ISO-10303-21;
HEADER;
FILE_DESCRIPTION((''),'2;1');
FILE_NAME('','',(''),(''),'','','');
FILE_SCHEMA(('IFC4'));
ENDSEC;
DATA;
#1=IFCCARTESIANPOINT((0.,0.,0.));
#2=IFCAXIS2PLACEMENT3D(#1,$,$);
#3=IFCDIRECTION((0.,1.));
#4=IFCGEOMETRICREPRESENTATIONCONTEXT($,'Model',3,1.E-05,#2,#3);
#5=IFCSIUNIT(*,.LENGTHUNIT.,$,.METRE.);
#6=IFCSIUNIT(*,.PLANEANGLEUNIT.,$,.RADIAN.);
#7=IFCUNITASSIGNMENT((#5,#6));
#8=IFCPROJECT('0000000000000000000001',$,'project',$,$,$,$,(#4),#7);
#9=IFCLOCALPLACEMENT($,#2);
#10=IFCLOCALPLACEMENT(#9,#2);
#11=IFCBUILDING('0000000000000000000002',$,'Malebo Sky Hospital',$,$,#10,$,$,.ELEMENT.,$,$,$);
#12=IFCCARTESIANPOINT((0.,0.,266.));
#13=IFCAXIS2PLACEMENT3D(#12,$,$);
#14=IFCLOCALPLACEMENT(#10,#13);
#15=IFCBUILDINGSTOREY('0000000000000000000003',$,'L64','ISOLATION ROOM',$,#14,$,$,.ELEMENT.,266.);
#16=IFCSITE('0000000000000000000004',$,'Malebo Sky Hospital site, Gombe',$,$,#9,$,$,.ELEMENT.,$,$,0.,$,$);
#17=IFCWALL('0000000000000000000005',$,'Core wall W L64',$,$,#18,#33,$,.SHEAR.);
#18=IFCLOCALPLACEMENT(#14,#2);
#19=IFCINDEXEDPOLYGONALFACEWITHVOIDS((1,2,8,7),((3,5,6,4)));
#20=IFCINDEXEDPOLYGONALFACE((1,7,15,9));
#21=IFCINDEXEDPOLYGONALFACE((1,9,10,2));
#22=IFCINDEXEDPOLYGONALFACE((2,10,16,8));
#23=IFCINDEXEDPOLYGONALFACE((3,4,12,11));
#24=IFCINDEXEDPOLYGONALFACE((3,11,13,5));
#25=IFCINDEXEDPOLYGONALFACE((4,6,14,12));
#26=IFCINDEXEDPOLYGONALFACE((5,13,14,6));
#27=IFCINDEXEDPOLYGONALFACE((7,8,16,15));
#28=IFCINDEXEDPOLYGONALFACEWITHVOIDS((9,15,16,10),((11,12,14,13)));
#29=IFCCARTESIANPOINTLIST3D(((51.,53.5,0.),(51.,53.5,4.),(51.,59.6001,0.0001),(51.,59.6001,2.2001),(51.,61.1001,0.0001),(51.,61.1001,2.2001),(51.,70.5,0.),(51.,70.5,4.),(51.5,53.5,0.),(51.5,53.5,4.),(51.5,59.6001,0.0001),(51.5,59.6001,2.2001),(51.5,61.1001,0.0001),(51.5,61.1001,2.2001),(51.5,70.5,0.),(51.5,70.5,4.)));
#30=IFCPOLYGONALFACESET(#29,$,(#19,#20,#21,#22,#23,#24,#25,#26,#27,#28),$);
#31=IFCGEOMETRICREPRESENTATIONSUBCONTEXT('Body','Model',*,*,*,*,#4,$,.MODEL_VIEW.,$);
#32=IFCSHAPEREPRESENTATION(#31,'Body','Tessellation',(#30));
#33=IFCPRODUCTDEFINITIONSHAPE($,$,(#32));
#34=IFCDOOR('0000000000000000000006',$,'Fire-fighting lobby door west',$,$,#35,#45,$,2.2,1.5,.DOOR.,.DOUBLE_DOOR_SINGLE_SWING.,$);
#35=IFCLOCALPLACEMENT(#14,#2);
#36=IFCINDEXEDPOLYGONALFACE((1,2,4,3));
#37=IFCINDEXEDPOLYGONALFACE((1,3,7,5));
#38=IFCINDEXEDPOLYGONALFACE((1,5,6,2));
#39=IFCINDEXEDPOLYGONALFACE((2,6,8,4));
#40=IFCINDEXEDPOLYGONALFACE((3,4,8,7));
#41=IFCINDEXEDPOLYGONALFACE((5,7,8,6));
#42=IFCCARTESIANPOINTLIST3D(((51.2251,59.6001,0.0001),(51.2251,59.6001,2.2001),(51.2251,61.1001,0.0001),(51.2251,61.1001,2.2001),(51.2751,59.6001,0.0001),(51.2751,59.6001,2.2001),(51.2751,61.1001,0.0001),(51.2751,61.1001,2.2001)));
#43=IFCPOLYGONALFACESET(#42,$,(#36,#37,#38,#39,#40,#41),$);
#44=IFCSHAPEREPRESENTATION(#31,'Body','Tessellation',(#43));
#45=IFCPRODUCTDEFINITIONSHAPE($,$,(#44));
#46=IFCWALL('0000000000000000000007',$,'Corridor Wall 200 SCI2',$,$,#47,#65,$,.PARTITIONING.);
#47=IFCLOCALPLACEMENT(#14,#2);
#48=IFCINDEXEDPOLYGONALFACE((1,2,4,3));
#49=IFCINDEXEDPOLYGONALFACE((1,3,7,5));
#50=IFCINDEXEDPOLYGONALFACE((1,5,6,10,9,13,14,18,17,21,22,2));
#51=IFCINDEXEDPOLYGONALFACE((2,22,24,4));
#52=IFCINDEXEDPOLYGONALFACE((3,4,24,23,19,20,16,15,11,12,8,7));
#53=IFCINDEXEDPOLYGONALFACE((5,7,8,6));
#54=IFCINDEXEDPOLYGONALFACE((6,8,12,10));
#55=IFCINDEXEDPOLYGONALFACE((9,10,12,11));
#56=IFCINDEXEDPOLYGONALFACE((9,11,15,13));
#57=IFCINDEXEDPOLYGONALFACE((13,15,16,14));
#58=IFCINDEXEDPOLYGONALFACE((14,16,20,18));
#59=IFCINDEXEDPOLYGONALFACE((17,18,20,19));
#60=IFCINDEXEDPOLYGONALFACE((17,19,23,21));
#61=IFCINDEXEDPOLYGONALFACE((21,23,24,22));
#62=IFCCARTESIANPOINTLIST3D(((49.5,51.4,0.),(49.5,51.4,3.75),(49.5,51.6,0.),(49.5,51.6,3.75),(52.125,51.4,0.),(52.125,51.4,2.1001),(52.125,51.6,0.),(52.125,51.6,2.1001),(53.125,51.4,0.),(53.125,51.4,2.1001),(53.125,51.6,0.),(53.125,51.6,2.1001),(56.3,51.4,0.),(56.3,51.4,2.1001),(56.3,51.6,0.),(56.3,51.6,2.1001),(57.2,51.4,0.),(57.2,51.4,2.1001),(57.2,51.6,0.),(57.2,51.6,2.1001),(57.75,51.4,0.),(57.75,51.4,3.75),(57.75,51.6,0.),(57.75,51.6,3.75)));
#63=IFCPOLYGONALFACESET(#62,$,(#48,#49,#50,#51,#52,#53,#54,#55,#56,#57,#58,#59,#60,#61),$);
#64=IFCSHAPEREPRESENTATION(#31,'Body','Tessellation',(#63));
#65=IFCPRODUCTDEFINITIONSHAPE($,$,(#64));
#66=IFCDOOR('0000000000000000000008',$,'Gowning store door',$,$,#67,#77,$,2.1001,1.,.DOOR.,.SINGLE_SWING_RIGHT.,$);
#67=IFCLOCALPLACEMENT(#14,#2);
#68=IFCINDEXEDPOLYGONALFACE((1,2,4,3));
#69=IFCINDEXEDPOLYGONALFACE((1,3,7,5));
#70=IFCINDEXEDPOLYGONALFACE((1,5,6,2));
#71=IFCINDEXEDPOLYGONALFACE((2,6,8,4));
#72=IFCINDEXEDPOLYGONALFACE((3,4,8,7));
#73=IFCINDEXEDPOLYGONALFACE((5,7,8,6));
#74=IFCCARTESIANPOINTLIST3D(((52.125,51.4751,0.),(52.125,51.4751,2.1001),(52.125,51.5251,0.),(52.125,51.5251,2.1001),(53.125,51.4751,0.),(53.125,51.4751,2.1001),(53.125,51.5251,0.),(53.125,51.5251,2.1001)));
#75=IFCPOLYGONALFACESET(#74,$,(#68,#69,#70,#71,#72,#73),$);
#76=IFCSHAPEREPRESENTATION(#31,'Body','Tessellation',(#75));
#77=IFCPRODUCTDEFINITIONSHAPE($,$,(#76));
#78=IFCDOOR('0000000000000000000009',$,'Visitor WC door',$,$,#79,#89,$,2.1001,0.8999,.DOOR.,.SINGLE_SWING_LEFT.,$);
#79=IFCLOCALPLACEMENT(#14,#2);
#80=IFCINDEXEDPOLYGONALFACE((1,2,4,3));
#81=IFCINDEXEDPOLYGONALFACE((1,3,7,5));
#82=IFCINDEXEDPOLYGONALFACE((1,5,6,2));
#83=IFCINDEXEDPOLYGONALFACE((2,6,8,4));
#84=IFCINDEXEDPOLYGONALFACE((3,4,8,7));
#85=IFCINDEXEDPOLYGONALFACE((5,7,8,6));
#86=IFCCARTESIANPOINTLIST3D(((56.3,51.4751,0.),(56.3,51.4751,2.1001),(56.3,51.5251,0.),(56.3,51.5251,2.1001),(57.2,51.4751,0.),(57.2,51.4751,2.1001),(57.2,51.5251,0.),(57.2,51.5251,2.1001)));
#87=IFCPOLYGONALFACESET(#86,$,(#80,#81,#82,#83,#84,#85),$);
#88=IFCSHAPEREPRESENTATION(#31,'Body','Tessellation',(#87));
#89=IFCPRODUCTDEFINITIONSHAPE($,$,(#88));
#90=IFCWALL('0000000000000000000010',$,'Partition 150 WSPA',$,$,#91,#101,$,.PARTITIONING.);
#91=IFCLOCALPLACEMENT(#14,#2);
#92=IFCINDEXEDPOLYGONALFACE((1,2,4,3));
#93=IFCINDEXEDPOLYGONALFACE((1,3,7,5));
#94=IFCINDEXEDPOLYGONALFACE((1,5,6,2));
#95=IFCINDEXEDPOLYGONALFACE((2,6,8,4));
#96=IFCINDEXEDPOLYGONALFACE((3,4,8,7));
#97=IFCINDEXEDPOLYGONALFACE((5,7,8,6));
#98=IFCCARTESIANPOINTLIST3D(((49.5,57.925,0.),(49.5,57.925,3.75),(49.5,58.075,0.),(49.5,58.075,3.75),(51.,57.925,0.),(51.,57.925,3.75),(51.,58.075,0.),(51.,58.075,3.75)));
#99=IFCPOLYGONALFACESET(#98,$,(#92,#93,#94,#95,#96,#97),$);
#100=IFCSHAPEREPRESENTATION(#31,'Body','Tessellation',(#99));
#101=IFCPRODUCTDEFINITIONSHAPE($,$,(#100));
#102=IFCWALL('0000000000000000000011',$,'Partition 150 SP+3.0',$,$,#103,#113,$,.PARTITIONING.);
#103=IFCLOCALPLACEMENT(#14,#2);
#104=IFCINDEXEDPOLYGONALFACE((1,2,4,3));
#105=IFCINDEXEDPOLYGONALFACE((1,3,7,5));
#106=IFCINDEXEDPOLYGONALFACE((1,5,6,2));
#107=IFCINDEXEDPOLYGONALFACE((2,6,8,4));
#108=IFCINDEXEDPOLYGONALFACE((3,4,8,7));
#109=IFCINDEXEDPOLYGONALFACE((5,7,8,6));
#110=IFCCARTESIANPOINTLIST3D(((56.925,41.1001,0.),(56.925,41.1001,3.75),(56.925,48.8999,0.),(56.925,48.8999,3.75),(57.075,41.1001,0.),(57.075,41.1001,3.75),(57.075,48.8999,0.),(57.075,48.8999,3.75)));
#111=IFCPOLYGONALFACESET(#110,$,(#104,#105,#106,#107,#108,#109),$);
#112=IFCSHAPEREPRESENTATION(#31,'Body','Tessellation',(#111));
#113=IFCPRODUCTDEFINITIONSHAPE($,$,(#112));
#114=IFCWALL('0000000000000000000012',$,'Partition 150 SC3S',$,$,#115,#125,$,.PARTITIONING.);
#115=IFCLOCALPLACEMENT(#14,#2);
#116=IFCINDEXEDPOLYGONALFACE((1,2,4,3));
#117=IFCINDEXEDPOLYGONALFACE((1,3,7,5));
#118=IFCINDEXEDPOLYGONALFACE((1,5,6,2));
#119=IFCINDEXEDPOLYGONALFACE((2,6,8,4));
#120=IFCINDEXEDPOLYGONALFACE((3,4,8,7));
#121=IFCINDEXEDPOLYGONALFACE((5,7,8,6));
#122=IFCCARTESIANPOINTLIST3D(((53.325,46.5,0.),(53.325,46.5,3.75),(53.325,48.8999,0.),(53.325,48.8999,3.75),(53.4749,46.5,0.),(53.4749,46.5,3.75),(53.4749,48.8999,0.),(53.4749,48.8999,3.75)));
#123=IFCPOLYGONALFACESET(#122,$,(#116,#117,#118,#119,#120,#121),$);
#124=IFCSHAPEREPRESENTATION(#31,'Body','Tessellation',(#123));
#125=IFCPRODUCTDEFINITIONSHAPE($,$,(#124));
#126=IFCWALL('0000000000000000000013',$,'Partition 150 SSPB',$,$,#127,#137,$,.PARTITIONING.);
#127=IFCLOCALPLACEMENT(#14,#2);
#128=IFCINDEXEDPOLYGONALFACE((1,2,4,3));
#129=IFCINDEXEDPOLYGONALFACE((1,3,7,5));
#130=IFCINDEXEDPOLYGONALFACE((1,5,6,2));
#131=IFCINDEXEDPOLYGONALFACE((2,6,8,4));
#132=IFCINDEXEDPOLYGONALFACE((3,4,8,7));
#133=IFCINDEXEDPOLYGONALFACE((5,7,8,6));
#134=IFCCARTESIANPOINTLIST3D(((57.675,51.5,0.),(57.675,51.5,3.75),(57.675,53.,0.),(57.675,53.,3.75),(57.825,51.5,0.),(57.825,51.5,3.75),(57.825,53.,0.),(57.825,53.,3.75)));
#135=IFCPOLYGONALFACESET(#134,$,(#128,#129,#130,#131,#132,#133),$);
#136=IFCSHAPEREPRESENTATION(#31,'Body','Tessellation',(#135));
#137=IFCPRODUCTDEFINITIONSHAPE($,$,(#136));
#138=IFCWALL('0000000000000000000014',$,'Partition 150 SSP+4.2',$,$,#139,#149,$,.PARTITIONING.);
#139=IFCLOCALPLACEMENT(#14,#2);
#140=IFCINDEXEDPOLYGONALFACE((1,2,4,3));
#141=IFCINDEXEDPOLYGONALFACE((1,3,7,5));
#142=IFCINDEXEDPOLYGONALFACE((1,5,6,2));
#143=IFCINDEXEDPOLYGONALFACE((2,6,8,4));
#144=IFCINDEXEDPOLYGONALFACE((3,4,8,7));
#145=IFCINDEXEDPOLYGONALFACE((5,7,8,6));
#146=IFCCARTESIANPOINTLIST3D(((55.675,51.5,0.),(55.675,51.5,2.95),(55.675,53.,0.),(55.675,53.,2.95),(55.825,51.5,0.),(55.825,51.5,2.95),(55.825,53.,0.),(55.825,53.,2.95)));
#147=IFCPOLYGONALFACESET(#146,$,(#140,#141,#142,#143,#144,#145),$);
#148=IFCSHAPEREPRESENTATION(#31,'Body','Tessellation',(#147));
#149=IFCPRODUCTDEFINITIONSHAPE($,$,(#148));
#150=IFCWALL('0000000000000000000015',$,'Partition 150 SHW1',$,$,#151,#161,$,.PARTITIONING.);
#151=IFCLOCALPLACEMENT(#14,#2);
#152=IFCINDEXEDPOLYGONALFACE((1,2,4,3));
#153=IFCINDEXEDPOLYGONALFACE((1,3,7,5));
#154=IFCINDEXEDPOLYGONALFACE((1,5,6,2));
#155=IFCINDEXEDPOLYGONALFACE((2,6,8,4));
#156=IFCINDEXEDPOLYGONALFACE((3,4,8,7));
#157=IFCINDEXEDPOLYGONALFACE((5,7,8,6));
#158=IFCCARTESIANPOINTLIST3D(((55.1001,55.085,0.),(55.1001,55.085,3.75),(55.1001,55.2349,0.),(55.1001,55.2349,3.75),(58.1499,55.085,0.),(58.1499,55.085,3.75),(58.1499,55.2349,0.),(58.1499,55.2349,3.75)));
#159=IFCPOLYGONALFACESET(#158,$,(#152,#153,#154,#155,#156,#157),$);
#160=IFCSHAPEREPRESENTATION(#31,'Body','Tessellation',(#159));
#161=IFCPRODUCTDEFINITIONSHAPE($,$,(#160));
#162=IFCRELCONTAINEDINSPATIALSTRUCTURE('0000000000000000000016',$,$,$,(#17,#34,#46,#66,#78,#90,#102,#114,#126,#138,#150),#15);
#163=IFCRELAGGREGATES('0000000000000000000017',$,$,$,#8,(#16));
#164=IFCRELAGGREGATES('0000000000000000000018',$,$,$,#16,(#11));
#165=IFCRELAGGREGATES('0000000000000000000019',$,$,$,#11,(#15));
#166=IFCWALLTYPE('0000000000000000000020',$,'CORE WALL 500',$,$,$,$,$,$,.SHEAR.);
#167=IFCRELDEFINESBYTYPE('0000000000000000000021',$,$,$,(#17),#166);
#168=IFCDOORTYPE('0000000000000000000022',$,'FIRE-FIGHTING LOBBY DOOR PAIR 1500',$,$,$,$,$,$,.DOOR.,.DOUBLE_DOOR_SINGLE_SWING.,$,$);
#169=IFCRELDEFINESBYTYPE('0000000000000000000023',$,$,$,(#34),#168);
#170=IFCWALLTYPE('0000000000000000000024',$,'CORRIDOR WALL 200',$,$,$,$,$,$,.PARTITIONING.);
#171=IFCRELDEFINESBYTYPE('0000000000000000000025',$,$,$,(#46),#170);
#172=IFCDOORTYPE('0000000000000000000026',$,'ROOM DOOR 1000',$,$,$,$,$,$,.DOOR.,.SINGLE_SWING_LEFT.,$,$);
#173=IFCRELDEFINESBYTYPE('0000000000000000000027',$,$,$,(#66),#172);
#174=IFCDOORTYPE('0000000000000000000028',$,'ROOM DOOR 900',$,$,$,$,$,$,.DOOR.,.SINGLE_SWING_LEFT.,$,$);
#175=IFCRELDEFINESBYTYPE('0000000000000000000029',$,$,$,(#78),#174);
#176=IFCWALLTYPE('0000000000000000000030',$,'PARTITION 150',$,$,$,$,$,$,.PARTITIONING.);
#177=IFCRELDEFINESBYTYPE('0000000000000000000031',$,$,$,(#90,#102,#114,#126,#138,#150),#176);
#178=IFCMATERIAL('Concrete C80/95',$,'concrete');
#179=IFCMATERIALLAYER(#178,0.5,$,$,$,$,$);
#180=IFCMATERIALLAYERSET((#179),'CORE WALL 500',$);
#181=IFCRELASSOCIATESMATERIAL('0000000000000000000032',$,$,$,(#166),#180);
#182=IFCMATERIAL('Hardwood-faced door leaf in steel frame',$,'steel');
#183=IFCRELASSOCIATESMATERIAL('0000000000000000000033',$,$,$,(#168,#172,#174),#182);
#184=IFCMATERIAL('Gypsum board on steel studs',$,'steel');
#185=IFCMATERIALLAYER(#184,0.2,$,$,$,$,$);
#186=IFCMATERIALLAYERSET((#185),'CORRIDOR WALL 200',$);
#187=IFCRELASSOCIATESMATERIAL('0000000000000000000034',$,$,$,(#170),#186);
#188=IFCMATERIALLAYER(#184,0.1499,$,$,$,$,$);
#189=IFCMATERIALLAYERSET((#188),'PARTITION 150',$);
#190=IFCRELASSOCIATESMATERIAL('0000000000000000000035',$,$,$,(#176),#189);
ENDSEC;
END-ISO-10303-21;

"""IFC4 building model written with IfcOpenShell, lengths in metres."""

from ifc_helpers import new_model, si_unit, direction, frame, frame_2d, origin, place, context, subcontext, project, spatial, rectangle, extrude, material, layer, layer_set, type_object, element, fill, save


model = new_model("IFC4")

# Units and contexts
model_context = context("Model", 3, precision=1e-05, world=origin(), true_north=direction((0.0, 1.0)))
body_context = subcontext(model_context, "Body", "Model", "MODEL_VIEW")
ifc_project = project(units=[si_unit("LENGTHUNIT", "METRE"), si_unit("PLANEANGLEUNIT", "RADIAN")], contexts=[model_context])

# Site, building, storey
site_placement = place(None, origin())
site = spatial("IfcSite", under=ifc_project, at=site_placement, Name="Malebo Sky Hospital site, Gombe", CompositionType="ELEMENT", RefElevation=0.0)
building_placement = place(site_placement, origin())
building = spatial("IfcBuilding", under=site, at=building_placement, Name="Malebo Sky Hospital", CompositionType="ELEMENT")
storey_placement = place(building_placement, frame((0.0, 0.0, 266.0)))
storey = spatial("IfcBuildingStorey", under=building, at=storey_placement, Name="L64", Description="ISOLATION ROOM", CompositionType="ELEMENT", Elevation=266.0)

# Shared definitions
ifc_material_1 = material(Name="Concrete C80/95", Category="concrete")

# Wall, opening, door
ifc_layer_1 = layer(ifc_material_1, 0.5)
ifc_layer_set_1 = layer_set([ifc_layer_1], Name="CORE WALL 500")
wall_type_1 = type_object("IfcWallType", Name="CORE WALL 500", PredefinedType="SHEAR", material=ifc_layer_set_1)
wall_1_placement = place(storey_placement, frame((51.25, 53.5, 0.0), z_axis=(0.0, 0.0, 1.0), x_axis=(0.0, 1.0, 0.0)))
wall_1 = element("IfcWall", 1, at=wall_1_placement, inside=storey, type_object=wall_type_1, Name="Core wall W L64", PredefinedType="SHEAR", context=body_context, shape_type="SweptSolid", body=[
    extrude(rectangle(XDim=17.0, YDim=0.5, at=frame_2d((8.5, 0.0))), origin(), (0.0, 0.0, 1.0), 4.0),
])
opening_1_placement = place(wall_1_placement, frame((6.1001, 0.0, 0.0)))
opening_1 = element("IfcOpeningElement", 2, at=opening_1_placement, cuts=wall_1, PredefinedType="OPENING", context=body_context, shape_type="SweptSolid", body=[
    extrude(rectangle(XDim=1.5, YDim=2.2, at=frame_2d((0.75, 1.1001))), frame((0.0, 0.26, 0.0), z_axis=(0.0, -1.0, 0.0), x_axis=(1.0, 0.0, 0.0)), (0.0, 0.0, 1.0), 0.52),
])
ifc_material_2 = material(Name="Hardwood-faced door leaf in steel frame", Category="steel")
door_type_1 = type_object("IfcDoorType", Name="FIRE-FIGHTING LOBBY DOOR PAIR 1500", OperationType="DOUBLE_DOOR_SINGLE_SWING", PredefinedType="DOOR", material=ifc_material_2)
door_1_placement = place(opening_1_placement, origin())
door_1 = element("IfcDoor", 3, at=door_1_placement, inside=storey, type_object=door_type_1, Name="Fire-fighting lobby door west", OperationType="DOUBLE_DOOR_SINGLE_SWING", OverallHeight=2.2, OverallWidth=1.5, PredefinedType="DOOR", context=body_context, shape_type="SweptSolid", body=[
    extrude(rectangle(XDim=1.5, YDim=2.2, at=frame_2d((0.75, 1.1001))), frame((0.0, 0.0249, 0.0), z_axis=(0.0, -1.0, 0.0), x_axis=(1.0, 0.0, 0.0)), (0.0, 0.0, 1.0), 0.05),
])
fill(opening_1, door_1)

# Wall, openings, doors
ifc_material_3 = material(Name="Gypsum board on steel studs", Category="steel")
ifc_layer_2 = layer(ifc_material_3, 0.2)
ifc_layer_set_2 = layer_set([ifc_layer_2], Name="CORRIDOR WALL 200")
wall_type_2 = type_object("IfcWallType", Name="CORRIDOR WALL 200", PredefinedType="PARTITIONING", material=ifc_layer_set_2)
wall_2_placement = place(storey_placement, frame((57.75, 51.5, 0.0), z_axis=(0.0, 0.0, 1.0), x_axis=(-1.0, 0.0, 0.0)))
wall_2 = element("IfcWall", 4, at=wall_2_placement, inside=storey, type_object=wall_type_2, Name="Corridor Wall 200 SCI2", PredefinedType="PARTITIONING", context=body_context, shape_type="SweptSolid", body=[
    extrude(rectangle(XDim=8.25, YDim=0.2, at=frame_2d((4.125, 0.0))), origin(), (0.0, 0.0, 1.0), 3.75),
])
opening_2_placement = place(wall_2_placement, frame((0.55, 0.0, 0.0)))
opening_2 = element("IfcOpeningElement", 5, at=opening_2_placement, cuts=wall_2, PredefinedType="OPENING", context=body_context, shape_type="SweptSolid", body=[
    extrude(rectangle(XDim=0.8999, YDim=2.1001, at=frame_2d((0.45, 1.05))), frame((0.0, 0.1099, 0.0), z_axis=(0.0, -1.0, 0.0), x_axis=(1.0, 0.0, 0.0)), (0.0, 0.0, 1.0), 0.22),
])
opening_3_placement = place(wall_2_placement, frame((4.625, 0.0, 0.0)))
opening_3 = element("IfcOpeningElement", 6, at=opening_3_placement, cuts=wall_2, PredefinedType="OPENING", context=body_context, shape_type="SweptSolid", body=[
    extrude(rectangle(XDim=1.0, YDim=2.1001, at=frame_2d((0.5, 1.05))), frame((0.0, 0.1099, 0.0), z_axis=(0.0, -1.0, 0.0), x_axis=(1.0, 0.0, 0.0)), (0.0, 0.0, 1.0), 0.22),
])
door_type_2 = type_object("IfcDoorType", Name="ROOM DOOR 1000", OperationType="SINGLE_SWING_LEFT", PredefinedType="DOOR", material=ifc_material_2)
door_2_placement = place(opening_3_placement, origin())
door_2 = element("IfcDoor", 7, at=door_2_placement, inside=storey, type_object=door_type_2, Name="Gowning store door", OperationType="SINGLE_SWING_RIGHT", OverallHeight=2.1001, OverallWidth=1.0, PredefinedType="DOOR", context=body_context, shape_type="SweptSolid", body=[
    extrude(rectangle(XDim=1.0, YDim=2.1001, at=frame_2d((0.5, 1.05))), frame((0.0, 0.0249, 0.0), z_axis=(0.0, -1.0, 0.0), x_axis=(1.0, 0.0, 0.0)), (0.0, 0.0, 1.0), 0.05),
])
fill(opening_3, door_2)
door_type_3 = type_object("IfcDoorType", Name="ROOM DOOR 900", OperationType="SINGLE_SWING_LEFT", PredefinedType="DOOR", material=ifc_material_2)
door_3_placement = place(opening_2_placement, origin())
door_3 = element("IfcDoor", 8, at=door_3_placement, inside=storey, type_object=door_type_3, Name="Visitor WC door", OperationType="SINGLE_SWING_LEFT", OverallHeight=2.1001, OverallWidth=0.8999, PredefinedType="DOOR", context=body_context, shape_type="SweptSolid", body=[
    extrude(rectangle(XDim=0.8999, YDim=2.1001, at=frame_2d((0.45, 1.05))), frame((0.0, 0.0249, 0.0), z_axis=(0.0, -1.0, 0.0), x_axis=(1.0, 0.0, 0.0)), (0.0, 0.0, 1.0), 0.05),
])
fill(opening_2, door_3)

# Walls
ifc_layer_3 = layer(ifc_material_3, 0.1499)
ifc_layer_set_3 = layer_set([ifc_layer_3], Name="PARTITION 150")
wall_type_3 = type_object("IfcWallType", Name="PARTITION 150", PredefinedType="PARTITIONING", material=ifc_layer_set_3)
wall_3_placement = place(storey_placement, frame((51.0, 58.0, 0.0), z_axis=(0.0, 0.0, 1.0), x_axis=(-1.0, 0.0, 0.0)))
element("IfcWall", 9, at=wall_3_placement, inside=storey, type_object=wall_type_3, Name="Partition 150 WSPA", PredefinedType="PARTITIONING", context=body_context, shape_type="SweptSolid", body=[
    extrude(rectangle(XDim=1.5, YDim=0.1499, at=frame_2d((0.75, 0.0))), origin(), (0.0, 0.0, 1.0), 3.75),
])
wall_4_placement = place(storey_placement, frame((57.0, 48.8999, 0.0), z_axis=(0.0, 0.0, 1.0), x_axis=(0.0, -1.0, 0.0)))
element("IfcWall", 10, at=wall_4_placement, inside=storey, type_object=wall_type_3, Name="Partition 150 SP+3.0", PredefinedType="PARTITIONING", context=body_context, shape_type="SweptSolid", body=[
    extrude(rectangle(XDim=7.7998, YDim=0.1499, at=frame_2d((3.8999, 0.0))), origin(), (0.0, 0.0, 1.0), 3.75),
])
wall_5_placement = place(storey_placement, frame((53.3999, 48.8999, 0.0), z_axis=(0.0, 0.0, 1.0), x_axis=(0.0, -1.0, 0.0)))
element("IfcWall", 11, at=wall_5_placement, inside=storey, type_object=wall_type_3, Name="Partition 150 SC3S", PredefinedType="PARTITIONING", context=body_context, shape_type="SweptSolid", body=[
    extrude(rectangle(XDim=2.3999, YDim=0.1499, at=frame_2d((1.2, 0.0))), origin(), (0.0, 0.0, 1.0), 3.75),
])
wall_6_placement = place(storey_placement, frame((57.75, 53.0, 0.0), z_axis=(0.0, 0.0, 1.0), x_axis=(0.0, -1.0, 0.0)))
element("IfcWall", 12, at=wall_6_placement, inside=storey, type_object=wall_type_3, Name="Partition 150 SSPB", PredefinedType="PARTITIONING", context=body_context, shape_type="SweptSolid", body=[
    extrude(rectangle(XDim=1.5, YDim=0.1499, at=frame_2d((0.75, 0.0))), origin(), (0.0, 0.0, 1.0), 3.75),
])
wall_7_placement = place(storey_placement, frame((55.75, 53.0, 0.0), z_axis=(0.0, 0.0, 1.0), x_axis=(0.0, -1.0, 0.0)))
element("IfcWall", 13, at=wall_7_placement, inside=storey, type_object=wall_type_3, Name="Partition 150 SSP+4.2", PredefinedType="PARTITIONING", context=body_context, shape_type="SweptSolid", body=[
    extrude(rectangle(XDim=1.5, YDim=0.1499, at=frame_2d((0.75, 0.0))), origin(), (0.0, 0.0, 1.0), 2.95),
])
wall_8_placement = place(storey_placement, frame((55.1001, 55.1599, 0.0), z_axis=(0.0, 0.0, 1.0), x_axis=(1.0, 0.0, 0.0)))
element("IfcWall", 14, at=wall_8_placement, inside=storey, type_object=wall_type_3, Name="Partition 150 SHW1", PredefinedType="PARTITIONING", context=body_context, shape_type="SweptSolid", body=[
    extrude(rectangle(XDim=3.0498, YDim=0.1499, at=frame_2d((1.5249, 0.0))), origin(), (0.0, 0.0, 1.0), 3.75),
])

save(model, "model.ifc")
